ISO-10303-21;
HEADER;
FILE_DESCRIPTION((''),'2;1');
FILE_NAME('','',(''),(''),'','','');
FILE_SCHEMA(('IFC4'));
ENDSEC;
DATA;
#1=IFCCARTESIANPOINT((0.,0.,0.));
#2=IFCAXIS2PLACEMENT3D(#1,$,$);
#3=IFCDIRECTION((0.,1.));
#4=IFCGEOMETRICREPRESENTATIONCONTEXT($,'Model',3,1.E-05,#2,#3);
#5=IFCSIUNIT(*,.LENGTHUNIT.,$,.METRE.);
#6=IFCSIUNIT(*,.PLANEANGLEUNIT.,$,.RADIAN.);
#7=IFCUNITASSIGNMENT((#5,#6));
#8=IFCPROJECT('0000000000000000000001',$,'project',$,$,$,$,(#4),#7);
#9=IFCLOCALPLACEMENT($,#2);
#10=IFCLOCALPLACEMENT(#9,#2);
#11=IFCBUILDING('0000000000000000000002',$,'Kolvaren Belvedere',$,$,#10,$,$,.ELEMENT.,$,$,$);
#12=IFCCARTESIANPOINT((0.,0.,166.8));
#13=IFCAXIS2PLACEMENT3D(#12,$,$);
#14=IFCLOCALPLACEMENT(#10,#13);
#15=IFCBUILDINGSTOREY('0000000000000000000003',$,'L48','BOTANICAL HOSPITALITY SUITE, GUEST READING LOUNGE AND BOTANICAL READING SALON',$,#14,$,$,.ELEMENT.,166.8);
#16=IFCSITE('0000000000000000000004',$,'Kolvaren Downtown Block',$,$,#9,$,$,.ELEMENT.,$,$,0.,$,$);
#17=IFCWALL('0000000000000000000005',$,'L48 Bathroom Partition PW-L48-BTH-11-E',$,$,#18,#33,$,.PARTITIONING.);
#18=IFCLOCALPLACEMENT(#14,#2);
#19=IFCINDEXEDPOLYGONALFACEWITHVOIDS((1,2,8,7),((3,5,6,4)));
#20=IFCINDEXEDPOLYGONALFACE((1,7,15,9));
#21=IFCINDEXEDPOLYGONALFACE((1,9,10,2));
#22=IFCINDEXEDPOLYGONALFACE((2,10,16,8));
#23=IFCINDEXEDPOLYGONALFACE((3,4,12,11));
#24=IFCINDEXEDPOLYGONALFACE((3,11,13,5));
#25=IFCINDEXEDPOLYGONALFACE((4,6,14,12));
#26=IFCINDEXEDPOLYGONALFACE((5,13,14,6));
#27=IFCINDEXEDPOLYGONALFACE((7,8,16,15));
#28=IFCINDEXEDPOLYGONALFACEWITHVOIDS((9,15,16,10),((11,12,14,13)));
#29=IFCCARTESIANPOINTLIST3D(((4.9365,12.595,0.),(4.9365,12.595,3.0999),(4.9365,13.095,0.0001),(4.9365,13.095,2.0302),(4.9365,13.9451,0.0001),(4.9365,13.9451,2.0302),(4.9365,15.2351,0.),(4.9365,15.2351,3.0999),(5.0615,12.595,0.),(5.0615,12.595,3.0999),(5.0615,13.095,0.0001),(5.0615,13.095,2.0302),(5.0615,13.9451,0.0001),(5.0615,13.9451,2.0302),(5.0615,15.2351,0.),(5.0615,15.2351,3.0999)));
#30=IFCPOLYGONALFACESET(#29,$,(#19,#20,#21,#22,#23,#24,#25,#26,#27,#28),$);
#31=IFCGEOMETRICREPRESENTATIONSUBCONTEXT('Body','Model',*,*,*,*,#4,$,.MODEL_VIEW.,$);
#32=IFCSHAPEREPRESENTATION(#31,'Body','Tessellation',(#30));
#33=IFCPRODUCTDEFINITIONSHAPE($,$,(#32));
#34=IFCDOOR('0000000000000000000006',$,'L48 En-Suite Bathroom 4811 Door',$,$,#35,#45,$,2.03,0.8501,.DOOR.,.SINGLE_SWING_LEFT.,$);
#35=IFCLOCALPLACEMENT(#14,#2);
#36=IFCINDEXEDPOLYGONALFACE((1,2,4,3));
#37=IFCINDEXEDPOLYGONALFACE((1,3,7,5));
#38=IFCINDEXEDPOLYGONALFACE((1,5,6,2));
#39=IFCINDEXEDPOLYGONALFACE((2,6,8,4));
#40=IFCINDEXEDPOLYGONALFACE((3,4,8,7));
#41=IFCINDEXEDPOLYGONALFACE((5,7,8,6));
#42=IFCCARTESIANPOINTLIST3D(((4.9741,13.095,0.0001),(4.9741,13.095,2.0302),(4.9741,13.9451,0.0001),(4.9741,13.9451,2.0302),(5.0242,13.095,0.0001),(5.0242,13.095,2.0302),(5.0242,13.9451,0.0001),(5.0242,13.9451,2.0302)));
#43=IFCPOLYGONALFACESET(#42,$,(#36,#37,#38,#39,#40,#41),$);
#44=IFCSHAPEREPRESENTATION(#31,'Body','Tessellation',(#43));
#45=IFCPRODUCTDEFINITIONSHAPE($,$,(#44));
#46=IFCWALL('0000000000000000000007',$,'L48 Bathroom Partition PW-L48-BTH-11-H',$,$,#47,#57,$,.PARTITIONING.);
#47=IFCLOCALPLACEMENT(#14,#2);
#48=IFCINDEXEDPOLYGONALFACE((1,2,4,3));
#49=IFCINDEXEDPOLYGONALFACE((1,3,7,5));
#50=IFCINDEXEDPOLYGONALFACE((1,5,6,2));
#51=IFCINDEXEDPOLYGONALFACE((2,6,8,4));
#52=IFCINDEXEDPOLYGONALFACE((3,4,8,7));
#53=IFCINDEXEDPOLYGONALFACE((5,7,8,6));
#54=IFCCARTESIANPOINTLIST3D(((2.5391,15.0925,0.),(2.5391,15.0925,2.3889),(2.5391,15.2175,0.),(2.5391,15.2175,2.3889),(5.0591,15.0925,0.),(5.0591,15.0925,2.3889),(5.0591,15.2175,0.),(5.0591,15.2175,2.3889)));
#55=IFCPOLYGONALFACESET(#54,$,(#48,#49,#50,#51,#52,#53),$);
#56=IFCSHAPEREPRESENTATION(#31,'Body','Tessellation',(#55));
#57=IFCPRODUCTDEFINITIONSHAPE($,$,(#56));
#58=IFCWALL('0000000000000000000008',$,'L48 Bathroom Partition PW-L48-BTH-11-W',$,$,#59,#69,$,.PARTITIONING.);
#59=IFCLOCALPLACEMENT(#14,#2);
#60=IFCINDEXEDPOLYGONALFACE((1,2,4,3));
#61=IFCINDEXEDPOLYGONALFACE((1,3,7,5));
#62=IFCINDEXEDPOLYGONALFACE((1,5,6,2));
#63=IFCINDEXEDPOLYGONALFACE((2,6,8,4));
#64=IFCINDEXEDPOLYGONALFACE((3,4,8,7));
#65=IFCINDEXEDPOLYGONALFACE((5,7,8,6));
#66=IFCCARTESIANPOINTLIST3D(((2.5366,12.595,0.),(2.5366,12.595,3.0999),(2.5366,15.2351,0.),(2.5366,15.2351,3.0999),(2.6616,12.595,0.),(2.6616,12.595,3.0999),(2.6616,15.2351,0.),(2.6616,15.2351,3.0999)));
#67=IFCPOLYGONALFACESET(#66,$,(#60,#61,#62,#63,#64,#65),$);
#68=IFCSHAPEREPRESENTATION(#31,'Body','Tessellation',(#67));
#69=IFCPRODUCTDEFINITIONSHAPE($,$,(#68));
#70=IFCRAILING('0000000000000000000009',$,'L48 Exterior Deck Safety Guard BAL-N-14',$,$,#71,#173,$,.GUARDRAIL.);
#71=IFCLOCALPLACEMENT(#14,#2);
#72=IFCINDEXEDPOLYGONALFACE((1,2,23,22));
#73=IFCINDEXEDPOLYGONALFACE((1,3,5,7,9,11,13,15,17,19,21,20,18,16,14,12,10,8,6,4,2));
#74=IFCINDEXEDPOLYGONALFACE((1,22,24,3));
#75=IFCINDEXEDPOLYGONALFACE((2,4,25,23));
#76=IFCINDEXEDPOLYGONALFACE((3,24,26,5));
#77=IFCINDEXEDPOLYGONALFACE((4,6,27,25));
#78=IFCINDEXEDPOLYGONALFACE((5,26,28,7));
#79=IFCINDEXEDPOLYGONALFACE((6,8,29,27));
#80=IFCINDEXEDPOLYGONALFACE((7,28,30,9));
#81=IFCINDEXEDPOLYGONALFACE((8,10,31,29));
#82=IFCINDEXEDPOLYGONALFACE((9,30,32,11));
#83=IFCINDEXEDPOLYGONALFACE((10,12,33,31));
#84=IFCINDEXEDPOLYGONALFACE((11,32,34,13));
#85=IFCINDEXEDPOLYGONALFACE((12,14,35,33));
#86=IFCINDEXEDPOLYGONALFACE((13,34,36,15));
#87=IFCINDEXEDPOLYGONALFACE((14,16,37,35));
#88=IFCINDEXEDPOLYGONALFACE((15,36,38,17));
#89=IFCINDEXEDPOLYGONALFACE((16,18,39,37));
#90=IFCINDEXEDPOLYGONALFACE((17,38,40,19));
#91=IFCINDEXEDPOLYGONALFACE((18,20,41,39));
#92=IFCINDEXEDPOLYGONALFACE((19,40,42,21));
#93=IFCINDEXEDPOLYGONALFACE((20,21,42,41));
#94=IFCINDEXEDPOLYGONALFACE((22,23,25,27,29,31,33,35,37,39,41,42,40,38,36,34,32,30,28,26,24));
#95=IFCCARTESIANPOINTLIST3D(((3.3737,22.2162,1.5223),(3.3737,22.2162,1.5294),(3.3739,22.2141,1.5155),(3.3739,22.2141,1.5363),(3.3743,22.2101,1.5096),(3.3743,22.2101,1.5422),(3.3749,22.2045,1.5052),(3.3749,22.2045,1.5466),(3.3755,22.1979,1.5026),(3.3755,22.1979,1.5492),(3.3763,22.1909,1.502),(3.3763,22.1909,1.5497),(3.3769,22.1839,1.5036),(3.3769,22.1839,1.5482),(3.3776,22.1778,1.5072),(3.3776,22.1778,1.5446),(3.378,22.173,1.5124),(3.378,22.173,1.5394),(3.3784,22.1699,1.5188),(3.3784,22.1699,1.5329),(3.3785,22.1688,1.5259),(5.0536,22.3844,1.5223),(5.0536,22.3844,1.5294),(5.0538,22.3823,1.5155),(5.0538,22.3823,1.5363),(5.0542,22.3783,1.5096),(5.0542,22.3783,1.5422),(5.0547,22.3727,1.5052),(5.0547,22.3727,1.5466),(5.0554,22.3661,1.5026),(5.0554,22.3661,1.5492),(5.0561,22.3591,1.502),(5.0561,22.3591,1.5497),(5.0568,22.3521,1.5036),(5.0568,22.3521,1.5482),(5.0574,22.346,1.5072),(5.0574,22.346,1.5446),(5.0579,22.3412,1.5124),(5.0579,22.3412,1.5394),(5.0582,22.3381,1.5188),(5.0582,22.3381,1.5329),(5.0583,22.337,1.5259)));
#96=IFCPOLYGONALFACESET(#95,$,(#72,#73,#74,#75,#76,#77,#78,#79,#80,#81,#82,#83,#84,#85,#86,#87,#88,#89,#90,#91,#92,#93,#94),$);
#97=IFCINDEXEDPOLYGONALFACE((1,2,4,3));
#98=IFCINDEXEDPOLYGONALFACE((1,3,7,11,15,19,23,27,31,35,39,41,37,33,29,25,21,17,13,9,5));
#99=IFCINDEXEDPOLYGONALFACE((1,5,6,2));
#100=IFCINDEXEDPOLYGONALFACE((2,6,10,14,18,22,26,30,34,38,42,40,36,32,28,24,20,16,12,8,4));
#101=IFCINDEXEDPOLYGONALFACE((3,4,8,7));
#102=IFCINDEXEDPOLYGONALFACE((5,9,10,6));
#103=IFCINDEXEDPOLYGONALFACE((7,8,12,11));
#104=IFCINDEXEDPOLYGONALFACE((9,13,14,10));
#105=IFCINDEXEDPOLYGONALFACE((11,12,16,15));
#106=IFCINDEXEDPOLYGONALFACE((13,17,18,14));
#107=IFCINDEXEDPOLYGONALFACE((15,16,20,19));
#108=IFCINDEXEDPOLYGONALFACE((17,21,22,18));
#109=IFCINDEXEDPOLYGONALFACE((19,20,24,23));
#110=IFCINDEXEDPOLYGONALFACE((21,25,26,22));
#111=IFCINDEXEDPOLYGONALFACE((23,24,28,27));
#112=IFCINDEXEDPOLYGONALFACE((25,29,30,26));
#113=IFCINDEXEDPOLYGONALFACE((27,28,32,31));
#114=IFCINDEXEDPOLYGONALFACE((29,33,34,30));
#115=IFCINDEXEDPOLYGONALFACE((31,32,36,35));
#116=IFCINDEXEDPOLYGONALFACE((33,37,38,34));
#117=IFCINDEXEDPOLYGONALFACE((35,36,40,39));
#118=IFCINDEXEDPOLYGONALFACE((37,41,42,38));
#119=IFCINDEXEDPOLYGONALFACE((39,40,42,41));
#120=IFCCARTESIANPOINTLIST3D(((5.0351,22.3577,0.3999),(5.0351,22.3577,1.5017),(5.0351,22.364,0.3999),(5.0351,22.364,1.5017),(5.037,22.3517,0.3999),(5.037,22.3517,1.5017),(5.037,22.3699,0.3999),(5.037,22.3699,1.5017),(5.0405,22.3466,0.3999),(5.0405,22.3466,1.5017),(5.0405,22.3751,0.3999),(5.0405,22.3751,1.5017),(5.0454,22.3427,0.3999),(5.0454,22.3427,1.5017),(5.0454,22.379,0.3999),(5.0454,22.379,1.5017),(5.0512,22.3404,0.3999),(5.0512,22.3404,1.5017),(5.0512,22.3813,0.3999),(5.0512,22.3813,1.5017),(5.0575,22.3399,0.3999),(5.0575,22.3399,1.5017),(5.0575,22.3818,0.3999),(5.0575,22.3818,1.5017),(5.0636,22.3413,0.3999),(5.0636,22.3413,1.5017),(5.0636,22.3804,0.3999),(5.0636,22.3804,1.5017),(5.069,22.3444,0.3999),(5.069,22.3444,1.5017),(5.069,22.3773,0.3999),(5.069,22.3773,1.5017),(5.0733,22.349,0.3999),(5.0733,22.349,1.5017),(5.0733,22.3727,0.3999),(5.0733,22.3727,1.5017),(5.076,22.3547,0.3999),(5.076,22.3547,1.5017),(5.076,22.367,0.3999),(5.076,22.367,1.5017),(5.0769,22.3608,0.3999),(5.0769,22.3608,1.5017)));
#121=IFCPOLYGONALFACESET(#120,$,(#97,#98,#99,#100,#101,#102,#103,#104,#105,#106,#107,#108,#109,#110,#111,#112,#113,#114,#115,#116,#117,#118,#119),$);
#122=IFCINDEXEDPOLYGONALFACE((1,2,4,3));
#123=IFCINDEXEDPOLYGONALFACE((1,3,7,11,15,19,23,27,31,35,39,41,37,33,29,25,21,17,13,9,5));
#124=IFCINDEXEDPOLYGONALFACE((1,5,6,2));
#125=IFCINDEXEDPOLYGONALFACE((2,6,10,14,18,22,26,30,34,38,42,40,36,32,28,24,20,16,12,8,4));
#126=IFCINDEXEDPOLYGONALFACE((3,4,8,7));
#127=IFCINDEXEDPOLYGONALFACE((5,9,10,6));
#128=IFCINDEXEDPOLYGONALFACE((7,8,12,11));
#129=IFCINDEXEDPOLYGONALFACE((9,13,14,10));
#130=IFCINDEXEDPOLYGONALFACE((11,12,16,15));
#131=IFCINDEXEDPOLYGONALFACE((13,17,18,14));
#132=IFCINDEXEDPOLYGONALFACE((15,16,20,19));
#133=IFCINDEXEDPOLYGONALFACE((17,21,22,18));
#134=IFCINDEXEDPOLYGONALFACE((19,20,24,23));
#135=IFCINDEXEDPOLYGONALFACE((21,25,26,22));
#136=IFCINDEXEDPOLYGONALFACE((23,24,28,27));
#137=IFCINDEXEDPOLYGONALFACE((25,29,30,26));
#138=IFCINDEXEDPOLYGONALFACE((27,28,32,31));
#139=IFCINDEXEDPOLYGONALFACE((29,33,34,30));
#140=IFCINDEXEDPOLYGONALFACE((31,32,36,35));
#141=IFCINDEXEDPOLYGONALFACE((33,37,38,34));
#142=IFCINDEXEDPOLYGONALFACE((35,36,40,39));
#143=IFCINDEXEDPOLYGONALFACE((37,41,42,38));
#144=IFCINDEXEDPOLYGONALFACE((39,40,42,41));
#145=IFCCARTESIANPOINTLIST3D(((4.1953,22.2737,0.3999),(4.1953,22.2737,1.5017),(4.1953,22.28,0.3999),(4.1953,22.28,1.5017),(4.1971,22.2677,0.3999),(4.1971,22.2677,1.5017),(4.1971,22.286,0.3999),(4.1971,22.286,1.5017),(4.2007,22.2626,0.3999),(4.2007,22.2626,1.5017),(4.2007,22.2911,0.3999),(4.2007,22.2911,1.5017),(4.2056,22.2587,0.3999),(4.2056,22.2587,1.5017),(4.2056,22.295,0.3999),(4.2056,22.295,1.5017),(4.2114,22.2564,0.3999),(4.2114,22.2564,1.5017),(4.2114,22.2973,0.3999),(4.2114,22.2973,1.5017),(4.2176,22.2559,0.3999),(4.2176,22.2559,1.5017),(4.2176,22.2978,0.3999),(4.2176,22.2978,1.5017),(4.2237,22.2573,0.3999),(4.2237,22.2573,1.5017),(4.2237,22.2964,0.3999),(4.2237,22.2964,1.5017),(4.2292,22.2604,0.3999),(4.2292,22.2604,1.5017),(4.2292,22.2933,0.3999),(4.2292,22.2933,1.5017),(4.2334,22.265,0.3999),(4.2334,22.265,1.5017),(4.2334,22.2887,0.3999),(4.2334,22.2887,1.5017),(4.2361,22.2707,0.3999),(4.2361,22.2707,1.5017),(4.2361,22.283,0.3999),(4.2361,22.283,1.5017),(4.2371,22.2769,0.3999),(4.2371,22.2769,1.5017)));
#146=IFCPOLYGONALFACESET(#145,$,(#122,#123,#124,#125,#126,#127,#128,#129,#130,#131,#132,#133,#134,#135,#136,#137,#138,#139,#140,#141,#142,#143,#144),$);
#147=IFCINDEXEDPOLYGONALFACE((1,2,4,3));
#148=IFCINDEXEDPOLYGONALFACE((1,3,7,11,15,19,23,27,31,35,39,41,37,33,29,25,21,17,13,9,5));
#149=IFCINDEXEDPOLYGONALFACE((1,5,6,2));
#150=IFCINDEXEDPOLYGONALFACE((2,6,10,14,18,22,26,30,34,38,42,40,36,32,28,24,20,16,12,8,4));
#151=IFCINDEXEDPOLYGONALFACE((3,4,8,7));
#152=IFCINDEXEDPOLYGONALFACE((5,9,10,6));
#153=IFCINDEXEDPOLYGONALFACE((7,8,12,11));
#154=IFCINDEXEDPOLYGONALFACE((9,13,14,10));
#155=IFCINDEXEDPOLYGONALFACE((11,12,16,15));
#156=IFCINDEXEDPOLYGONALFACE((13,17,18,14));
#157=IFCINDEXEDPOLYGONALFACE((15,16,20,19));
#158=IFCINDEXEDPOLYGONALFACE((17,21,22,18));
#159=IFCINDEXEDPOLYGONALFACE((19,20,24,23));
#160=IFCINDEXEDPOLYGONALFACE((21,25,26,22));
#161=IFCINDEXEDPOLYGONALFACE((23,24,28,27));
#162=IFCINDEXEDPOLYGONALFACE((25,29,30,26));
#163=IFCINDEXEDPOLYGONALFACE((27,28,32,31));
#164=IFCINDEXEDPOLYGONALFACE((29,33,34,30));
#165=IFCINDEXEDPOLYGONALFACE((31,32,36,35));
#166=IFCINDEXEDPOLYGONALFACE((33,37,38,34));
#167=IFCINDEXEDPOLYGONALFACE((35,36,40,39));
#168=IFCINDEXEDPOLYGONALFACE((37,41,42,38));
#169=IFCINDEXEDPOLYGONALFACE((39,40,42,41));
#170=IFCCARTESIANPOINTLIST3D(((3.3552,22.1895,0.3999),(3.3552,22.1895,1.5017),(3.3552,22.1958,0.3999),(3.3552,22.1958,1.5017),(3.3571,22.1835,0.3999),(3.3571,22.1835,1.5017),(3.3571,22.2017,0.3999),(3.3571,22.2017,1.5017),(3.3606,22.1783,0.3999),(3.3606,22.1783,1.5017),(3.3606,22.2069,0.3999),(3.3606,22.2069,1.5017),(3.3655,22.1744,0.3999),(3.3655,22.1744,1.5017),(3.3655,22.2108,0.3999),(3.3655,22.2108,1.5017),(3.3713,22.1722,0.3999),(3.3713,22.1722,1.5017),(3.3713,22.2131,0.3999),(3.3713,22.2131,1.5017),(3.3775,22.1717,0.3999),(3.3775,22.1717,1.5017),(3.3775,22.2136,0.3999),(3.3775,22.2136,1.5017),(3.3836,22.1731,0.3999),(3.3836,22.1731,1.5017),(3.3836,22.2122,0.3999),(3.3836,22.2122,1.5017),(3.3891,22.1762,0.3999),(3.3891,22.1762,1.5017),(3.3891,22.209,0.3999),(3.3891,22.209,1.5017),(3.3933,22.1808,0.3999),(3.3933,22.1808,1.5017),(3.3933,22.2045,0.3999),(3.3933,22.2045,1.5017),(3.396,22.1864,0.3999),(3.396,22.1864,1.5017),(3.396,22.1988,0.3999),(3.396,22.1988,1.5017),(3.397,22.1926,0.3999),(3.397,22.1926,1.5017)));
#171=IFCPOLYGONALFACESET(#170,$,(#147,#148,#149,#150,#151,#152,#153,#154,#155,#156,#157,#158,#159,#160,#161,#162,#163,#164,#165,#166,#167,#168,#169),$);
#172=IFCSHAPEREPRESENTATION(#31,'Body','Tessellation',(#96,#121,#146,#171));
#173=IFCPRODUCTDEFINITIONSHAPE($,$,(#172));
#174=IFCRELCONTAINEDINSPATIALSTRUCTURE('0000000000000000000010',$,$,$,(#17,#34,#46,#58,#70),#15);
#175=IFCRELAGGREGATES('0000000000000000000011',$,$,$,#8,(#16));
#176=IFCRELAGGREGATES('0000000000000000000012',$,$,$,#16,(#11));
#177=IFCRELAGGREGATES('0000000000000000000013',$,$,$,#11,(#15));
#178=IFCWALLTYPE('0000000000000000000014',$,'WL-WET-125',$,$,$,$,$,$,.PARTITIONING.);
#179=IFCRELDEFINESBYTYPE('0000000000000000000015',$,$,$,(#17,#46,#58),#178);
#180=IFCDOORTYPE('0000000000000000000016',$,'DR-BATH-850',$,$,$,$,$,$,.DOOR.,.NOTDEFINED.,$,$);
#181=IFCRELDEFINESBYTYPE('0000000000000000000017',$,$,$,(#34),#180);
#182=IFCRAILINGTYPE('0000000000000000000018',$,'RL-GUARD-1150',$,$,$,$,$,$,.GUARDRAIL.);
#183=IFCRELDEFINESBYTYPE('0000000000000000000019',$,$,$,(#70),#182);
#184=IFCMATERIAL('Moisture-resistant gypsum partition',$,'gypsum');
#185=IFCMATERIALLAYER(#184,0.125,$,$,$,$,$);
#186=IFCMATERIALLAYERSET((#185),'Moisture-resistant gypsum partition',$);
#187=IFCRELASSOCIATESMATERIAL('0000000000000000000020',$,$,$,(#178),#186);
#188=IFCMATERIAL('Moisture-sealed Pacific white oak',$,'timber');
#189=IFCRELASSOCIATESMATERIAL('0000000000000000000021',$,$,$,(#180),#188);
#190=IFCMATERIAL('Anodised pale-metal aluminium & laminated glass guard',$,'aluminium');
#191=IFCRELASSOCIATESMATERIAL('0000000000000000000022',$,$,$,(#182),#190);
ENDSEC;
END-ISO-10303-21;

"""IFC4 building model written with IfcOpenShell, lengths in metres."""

from ifc_helpers import new_model, si_unit, direction, frame, frame_2d, origin, origin_2d, place, context, subcontext, project, spatial, rectangle, circle, extrude, material, layer, layer_set, type_object, element, fill, save


model = new_model("IFC4")

# Units and contexts
model_context = context("Model", 3, precision=1e-05, world=origin(), true_north=direction((0.0, 1.0)))
body_context = subcontext(model_context, "Body", "Model", "MODEL_VIEW")
ifc_project = project(units=[si_unit("LENGTHUNIT", "METRE"), si_unit("PLANEANGLEUNIT", "RADIAN")], contexts=[model_context])

# Site, building, storey
site_placement = place(None, origin())
site = spatial("IfcSite", under=ifc_project, at=site_placement, Name="Kolvaren Downtown Block", CompositionType="ELEMENT", RefElevation=0.0)
building_placement = place(site_placement, origin())
building = spatial("IfcBuilding", under=site, at=building_placement, Name="Kolvaren Belvedere", CompositionType="ELEMENT")
storey_placement = place(building_placement, frame((0.0, 0.0, 166.8)))
storey = spatial("IfcBuildingStorey", under=building, at=storey_placement, Name="L48", Description="BOTANICAL HOSPITALITY SUITE, GUEST READING LOUNGE AND BOTANICAL READING SALON", CompositionType="ELEMENT", Elevation=166.8)

# Wall, opening, door
ifc_material_1 = material(Name="Moisture-resistant gypsum partition", Category="gypsum")
ifc_layer_1 = layer(ifc_material_1, 0.125)
ifc_layer_set_1 = layer_set([ifc_layer_1], Name="Moisture-resistant gypsum partition")
wall_type_1 = type_object("IfcWallType", Name="WL-WET-125", PredefinedType="PARTITIONING", material=ifc_layer_set_1)
wall_1_placement = place(storey_placement, frame((4.999, 12.595, 0.0), z_axis=(0.0, 0.0, 1.0), x_axis=(0.0, 1.0, 0.0)))
wall_1 = element("IfcWall", 1, at=wall_1_placement, inside=storey, type_object=wall_type_1, Name="L48 Bathroom Partition PW-L48-BTH-11-E", PredefinedType="PARTITIONING", context=body_context, shape_type="SweptSolid", body=[
    extrude(rectangle(XDim=2.6401, YDim=0.125, at=frame_2d((1.3201, 0.0))), origin(), (0.0, 0.0, 1.0), 3.0999),
])
opening_placement = place(wall_1_placement, frame((0.5, 0.0, 0.0)))
opening = element("IfcOpeningElement", 2, at=opening_placement, cuts=wall_1, PredefinedType="OPENING", context=body_context, shape_type="SweptSolid", body=[
    extrude(rectangle(XDim=0.8501, YDim=2.03, at=frame_2d((0.425, 1.0151))), frame((0.0, 0.0725, 0.0), z_axis=(0.0, -1.0, 0.0), x_axis=(1.0, 0.0, 0.0)), (0.0, 0.0, 1.0), 0.145),
])
ifc_material_2 = material(Name="Moisture-sealed Pacific white oak", Category="timber")
door_type = type_object("IfcDoorType", Name="DR-BATH-850", OperationType="NOTDEFINED", PredefinedType="DOOR", material=ifc_material_2)
door_placement = place(opening_placement, origin())
door = element("IfcDoor", 3, at=door_placement, inside=storey, type_object=door_type, Name="L48 En-Suite Bathroom 4811 Door", OperationType="SINGLE_SWING_LEFT", OverallHeight=2.03, OverallWidth=0.8501, PredefinedType="DOOR", context=body_context, shape_type="SweptSolid", body=[
    extrude(rectangle(XDim=0.8501, YDim=2.03, at=frame_2d((0.425, 1.0151))), frame((0.0, 0.0249, 0.0), z_axis=(0.0, -1.0, 0.0), x_axis=(1.0, 0.0, 0.0)), (0.0, 0.0, 1.0), 0.05),
])
fill(opening, door)

# Walls
wall_2_placement = place(storey_placement, frame((2.5391, 15.155, 0.0), z_axis=(0.0, 0.0, 1.0), x_axis=(1.0, 0.0, 0.0)))
element("IfcWall", 4, at=wall_2_placement, inside=storey, type_object=wall_type_1, Name="L48 Bathroom Partition PW-L48-BTH-11-H", PredefinedType="PARTITIONING", context=body_context, shape_type="SweptSolid", body=[
    extrude(rectangle(XDim=2.52, YDim=0.125, at=frame_2d((1.26, 0.0))), origin(), (0.0, 0.0, 1.0), 2.3889),
])
wall_3_placement = place(storey_placement, frame((2.5991, 12.595, 0.0), z_axis=(0.0, 0.0, 1.0), x_axis=(0.0, 1.0, 0.0)))
element("IfcWall", 5, at=wall_3_placement, inside=storey, type_object=wall_type_1, Name="L48 Bathroom Partition PW-L48-BTH-11-W", PredefinedType="PARTITIONING", context=body_context, shape_type="SweptSolid", body=[
    extrude(rectangle(XDim=2.6401, YDim=0.125, at=frame_2d((1.3201, 0.0))), origin(), (0.0, 0.0, 1.0), 3.0999),
])

# Railing
ifc_material_3 = material(Name="Anodised pale-metal aluminium & laminated glass guard", Category="aluminium")
railing_type = type_object("IfcRailingType", Name="RL-GUARD-1150", PredefinedType="GUARDRAIL", material=ifc_material_3)
railing_1_placement = place(storey_placement, frame((5.0559, 22.3608, 0.3999)))
element("IfcRailing", 6, at=railing_1_placement, inside=storey, type_object=railing_type, Name="L48 Exterior Deck Safety Guard BAL-N-14", PredefinedType="GUARDRAIL", context=body_context, shape_type="SweptSolid", body=[
    extrude(circle(Radius=0.0239, at=origin_2d()), frame((0.0, 0.0, 1.126), z_axis=(-0.995024, -0.099633, 0.0), x_axis=(0.099633, -0.995024, 0.0)), (0.0, 0.0, 1.0), 1.6882),
    extrude(circle(Radius=0.021, at=origin_2d()), origin(), (0.0, 0.0, 1.0), 1.1018),
    extrude(circle(Radius=0.021, at=origin_2d()), frame((-0.8398, -0.084, 0.0)), (0.0, 0.0, 1.0), 1.1018),
    extrude(circle(Radius=0.021, at=origin_2d()), frame((-1.6799, -0.1682, 0.0)), (0.0, 0.0, 1.0), 1.1018),
])

save(model, "model.ifc")
